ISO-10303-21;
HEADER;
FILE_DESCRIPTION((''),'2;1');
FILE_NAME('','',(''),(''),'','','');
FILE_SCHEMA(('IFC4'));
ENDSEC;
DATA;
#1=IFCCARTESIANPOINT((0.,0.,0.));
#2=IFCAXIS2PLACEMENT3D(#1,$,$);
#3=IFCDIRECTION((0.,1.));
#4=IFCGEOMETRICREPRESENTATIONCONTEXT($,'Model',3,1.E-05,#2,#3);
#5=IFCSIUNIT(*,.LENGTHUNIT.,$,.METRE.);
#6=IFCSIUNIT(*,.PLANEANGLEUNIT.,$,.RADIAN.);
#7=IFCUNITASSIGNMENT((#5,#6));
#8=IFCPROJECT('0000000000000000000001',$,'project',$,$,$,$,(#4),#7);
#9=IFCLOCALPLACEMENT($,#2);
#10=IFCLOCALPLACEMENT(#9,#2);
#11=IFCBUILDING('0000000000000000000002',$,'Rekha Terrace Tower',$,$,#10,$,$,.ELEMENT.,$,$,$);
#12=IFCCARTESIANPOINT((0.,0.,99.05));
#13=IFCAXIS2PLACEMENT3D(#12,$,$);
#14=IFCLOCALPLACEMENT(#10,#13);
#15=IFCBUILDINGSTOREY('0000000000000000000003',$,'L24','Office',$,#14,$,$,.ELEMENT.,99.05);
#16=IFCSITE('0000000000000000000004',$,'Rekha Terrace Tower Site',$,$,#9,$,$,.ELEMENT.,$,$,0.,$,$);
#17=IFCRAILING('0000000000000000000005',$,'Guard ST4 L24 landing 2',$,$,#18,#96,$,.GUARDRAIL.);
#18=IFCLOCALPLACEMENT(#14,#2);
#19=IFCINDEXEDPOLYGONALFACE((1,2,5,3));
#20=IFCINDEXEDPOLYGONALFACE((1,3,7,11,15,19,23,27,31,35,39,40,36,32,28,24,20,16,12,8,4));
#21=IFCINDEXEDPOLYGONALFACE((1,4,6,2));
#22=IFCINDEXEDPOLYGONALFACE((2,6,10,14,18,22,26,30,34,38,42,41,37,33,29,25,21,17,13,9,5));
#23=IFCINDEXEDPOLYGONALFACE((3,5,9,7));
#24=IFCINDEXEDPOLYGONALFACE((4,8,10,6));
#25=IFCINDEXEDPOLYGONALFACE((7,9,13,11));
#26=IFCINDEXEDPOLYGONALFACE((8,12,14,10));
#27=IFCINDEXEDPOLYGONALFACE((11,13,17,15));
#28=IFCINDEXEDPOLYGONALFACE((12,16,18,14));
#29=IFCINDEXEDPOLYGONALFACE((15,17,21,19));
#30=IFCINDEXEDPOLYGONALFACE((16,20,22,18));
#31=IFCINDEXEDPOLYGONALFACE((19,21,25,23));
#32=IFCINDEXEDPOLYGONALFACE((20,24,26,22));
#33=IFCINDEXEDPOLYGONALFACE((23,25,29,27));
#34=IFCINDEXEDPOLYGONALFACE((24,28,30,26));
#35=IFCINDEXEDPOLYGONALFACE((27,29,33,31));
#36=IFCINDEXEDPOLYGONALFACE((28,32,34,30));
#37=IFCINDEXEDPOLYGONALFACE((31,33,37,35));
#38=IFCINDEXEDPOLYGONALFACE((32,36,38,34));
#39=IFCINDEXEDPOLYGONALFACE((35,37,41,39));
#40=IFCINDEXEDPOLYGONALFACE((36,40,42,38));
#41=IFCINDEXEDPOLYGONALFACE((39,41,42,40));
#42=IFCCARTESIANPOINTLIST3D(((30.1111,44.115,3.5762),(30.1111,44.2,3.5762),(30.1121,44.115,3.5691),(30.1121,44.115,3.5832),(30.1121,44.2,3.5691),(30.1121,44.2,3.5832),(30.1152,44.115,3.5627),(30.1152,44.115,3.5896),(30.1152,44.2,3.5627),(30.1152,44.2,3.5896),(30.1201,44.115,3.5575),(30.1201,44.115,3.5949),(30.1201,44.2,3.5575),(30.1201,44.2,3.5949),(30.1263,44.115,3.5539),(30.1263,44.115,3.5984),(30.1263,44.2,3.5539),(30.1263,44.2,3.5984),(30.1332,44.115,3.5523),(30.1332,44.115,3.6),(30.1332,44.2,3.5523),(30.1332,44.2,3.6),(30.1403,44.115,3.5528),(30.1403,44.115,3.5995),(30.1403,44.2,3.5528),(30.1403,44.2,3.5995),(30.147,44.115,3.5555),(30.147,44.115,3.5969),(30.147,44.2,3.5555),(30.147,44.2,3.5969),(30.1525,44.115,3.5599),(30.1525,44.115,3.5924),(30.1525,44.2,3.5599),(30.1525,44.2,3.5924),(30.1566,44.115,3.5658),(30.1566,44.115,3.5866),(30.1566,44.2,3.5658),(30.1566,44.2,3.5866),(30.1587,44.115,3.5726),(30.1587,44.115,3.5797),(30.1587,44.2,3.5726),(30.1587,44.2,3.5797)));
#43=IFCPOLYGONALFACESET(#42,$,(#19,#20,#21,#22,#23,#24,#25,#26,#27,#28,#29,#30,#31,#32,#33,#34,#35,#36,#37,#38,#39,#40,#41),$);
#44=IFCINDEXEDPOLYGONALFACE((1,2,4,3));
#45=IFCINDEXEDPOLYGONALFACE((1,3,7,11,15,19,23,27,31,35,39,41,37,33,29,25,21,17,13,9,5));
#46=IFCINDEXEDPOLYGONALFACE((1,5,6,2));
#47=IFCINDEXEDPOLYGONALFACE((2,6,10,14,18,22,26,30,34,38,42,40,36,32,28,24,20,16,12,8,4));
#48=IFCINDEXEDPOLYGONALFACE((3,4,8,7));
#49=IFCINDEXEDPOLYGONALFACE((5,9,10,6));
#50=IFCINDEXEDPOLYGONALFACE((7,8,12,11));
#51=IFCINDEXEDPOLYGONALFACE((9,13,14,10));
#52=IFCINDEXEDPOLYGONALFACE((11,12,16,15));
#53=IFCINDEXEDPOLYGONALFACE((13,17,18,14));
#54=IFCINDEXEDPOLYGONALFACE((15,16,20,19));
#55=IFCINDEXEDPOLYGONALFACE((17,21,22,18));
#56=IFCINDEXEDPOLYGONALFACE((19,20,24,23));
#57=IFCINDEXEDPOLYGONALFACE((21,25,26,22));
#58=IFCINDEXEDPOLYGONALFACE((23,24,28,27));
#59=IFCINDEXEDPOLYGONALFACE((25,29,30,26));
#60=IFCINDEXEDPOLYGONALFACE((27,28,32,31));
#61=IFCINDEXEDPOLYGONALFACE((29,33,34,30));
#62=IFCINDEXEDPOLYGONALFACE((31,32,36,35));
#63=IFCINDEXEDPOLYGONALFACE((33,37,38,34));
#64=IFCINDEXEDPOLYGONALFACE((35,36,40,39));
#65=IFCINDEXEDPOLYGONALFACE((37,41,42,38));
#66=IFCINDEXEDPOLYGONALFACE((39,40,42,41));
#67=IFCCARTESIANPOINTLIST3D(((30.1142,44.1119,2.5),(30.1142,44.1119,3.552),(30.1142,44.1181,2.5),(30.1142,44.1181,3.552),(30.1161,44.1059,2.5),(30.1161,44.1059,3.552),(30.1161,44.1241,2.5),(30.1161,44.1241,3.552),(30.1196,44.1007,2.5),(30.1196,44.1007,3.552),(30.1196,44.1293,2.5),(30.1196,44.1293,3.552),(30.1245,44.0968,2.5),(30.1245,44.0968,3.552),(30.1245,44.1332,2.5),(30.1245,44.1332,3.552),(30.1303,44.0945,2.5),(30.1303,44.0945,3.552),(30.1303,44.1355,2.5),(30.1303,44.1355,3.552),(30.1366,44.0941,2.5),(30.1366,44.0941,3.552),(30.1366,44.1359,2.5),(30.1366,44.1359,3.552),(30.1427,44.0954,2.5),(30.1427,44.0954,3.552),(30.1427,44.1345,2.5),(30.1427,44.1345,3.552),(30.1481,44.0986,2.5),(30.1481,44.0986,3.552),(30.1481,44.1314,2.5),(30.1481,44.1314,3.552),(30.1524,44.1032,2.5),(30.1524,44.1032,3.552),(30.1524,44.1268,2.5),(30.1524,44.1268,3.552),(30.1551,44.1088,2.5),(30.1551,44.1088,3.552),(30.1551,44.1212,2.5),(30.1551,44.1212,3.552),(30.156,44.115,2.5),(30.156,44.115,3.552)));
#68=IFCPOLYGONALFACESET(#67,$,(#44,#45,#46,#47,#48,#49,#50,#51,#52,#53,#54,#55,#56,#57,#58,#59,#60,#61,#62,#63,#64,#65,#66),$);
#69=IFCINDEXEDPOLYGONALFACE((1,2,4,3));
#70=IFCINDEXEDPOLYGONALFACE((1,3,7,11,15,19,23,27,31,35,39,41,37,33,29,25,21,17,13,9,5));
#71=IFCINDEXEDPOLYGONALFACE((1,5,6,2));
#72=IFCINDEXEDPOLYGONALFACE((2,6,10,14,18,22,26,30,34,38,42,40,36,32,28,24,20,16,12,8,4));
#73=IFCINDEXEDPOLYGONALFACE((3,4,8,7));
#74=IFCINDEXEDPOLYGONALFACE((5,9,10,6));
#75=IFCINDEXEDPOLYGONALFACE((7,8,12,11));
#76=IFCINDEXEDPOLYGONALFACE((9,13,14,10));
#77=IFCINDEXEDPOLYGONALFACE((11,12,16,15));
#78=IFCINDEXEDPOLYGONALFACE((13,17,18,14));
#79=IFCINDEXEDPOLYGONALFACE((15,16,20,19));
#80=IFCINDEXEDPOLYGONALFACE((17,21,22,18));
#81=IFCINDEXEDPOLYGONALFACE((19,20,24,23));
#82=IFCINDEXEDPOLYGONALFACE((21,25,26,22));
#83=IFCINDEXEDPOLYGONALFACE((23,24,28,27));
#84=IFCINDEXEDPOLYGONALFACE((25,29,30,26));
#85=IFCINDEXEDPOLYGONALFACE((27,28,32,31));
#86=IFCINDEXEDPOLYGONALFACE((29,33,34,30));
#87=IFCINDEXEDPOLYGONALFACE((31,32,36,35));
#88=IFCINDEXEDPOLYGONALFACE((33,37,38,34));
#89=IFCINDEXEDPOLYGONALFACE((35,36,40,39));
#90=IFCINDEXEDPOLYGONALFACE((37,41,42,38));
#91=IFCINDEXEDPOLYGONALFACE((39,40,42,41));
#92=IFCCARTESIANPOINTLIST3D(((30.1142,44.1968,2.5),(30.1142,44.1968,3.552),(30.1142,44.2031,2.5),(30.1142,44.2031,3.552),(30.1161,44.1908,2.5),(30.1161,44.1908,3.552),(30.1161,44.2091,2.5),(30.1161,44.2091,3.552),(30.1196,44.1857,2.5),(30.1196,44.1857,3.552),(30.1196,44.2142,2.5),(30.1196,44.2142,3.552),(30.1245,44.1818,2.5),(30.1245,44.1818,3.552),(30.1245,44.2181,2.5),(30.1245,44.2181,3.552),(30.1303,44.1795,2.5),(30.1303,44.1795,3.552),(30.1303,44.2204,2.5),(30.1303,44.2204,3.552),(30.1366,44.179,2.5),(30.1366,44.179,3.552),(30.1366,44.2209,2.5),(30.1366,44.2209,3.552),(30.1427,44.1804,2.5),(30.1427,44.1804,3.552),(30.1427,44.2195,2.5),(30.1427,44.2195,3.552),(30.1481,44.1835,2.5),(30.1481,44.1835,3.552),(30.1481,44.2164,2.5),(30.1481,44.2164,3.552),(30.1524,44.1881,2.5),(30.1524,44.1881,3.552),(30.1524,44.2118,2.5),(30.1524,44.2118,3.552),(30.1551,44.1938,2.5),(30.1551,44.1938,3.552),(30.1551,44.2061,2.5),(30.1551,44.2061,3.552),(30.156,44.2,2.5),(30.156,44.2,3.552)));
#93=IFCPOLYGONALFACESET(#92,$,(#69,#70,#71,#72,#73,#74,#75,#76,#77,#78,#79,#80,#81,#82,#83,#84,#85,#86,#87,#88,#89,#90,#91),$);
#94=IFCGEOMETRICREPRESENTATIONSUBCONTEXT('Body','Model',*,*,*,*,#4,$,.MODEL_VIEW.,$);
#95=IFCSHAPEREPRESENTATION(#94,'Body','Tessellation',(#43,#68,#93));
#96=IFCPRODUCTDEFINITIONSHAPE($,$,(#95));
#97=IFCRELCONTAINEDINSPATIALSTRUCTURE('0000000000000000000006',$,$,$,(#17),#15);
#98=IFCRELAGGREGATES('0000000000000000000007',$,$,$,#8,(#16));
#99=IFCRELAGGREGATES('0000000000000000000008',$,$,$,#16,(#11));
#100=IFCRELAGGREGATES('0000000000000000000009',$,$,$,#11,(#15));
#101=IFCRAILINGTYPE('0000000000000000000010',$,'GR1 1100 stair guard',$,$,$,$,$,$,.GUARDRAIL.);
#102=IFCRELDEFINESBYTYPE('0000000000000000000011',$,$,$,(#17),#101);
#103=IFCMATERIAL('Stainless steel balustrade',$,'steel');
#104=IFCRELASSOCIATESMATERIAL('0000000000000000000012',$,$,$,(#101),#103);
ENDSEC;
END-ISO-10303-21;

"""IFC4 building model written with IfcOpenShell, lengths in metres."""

from ifc_helpers import new_model, si_unit, direction, frame, origin, origin_2d, place, context, subcontext, project, spatial, circle, extrude, material, type_object, element, save


model = new_model("IFC4")

# Units and contexts
model_context = context("Model", 3, precision=1e-05, world=origin(), true_north=direction((0.0, 1.0)))
body_context = subcontext(model_context, "Body", "Model", "MODEL_VIEW")
ifc_project = project(units=[si_unit("LENGTHUNIT", "METRE"), si_unit("PLANEANGLEUNIT", "RADIAN")], contexts=[model_context])

# Site, building, storey
site_placement = place(None, origin())
site = spatial("IfcSite", under=ifc_project, at=site_placement, Name="Rekha Terrace Tower Site", CompositionType="ELEMENT", RefElevation=0.0)
building_placement = place(site_placement, origin())
building = spatial("IfcBuilding", under=site, at=building_placement, Name="Rekha Terrace Tower", CompositionType="ELEMENT")
storey_placement = place(building_placement, frame((0.0, 0.0, 99.05)))
storey = spatial("IfcBuildingStorey", under=building, at=storey_placement, Name="L24", Description="Office", CompositionType="ELEMENT", Elevation=99.05)

# Railing
ifc_material_1 = material(Name="Stainless steel balustrade", Category="steel")
railing_type_1 = type_object("IfcRailingType", Name="GR1 1100 stair guard", PredefinedType="GUARDRAIL", material=ifc_material_1)
railing_1_placement = place(storey_placement, frame((30.135, 44.115, 2.5)))
element("IfcRailing", 1, at=railing_1_placement, inside=storey, type_object=railing_type_1, Name="Guard ST4 L24 landing 2", PredefinedType="GUARDRAIL", context=body_context, shape_type="SweptSolid", body=[
    extrude(circle(Radius=0.0239, at=origin_2d()), frame((0.0, 0.0, 1.0762), z_axis=(0.0, 1.0, 0.0), x_axis=(-1.0, 0.0, 0.0)), (0.0, 0.0, 1.0), 0.085),
    extrude(circle(Radius=0.021, at=origin_2d()), origin(), (0.0, 0.0, 1.0), 1.052),
    extrude(circle(Radius=0.021, at=origin_2d()), frame((0.0, 0.085, 0.0)), (0.0, 0.0, 1.0), 1.052),
])

save(model, "model.ifc")
